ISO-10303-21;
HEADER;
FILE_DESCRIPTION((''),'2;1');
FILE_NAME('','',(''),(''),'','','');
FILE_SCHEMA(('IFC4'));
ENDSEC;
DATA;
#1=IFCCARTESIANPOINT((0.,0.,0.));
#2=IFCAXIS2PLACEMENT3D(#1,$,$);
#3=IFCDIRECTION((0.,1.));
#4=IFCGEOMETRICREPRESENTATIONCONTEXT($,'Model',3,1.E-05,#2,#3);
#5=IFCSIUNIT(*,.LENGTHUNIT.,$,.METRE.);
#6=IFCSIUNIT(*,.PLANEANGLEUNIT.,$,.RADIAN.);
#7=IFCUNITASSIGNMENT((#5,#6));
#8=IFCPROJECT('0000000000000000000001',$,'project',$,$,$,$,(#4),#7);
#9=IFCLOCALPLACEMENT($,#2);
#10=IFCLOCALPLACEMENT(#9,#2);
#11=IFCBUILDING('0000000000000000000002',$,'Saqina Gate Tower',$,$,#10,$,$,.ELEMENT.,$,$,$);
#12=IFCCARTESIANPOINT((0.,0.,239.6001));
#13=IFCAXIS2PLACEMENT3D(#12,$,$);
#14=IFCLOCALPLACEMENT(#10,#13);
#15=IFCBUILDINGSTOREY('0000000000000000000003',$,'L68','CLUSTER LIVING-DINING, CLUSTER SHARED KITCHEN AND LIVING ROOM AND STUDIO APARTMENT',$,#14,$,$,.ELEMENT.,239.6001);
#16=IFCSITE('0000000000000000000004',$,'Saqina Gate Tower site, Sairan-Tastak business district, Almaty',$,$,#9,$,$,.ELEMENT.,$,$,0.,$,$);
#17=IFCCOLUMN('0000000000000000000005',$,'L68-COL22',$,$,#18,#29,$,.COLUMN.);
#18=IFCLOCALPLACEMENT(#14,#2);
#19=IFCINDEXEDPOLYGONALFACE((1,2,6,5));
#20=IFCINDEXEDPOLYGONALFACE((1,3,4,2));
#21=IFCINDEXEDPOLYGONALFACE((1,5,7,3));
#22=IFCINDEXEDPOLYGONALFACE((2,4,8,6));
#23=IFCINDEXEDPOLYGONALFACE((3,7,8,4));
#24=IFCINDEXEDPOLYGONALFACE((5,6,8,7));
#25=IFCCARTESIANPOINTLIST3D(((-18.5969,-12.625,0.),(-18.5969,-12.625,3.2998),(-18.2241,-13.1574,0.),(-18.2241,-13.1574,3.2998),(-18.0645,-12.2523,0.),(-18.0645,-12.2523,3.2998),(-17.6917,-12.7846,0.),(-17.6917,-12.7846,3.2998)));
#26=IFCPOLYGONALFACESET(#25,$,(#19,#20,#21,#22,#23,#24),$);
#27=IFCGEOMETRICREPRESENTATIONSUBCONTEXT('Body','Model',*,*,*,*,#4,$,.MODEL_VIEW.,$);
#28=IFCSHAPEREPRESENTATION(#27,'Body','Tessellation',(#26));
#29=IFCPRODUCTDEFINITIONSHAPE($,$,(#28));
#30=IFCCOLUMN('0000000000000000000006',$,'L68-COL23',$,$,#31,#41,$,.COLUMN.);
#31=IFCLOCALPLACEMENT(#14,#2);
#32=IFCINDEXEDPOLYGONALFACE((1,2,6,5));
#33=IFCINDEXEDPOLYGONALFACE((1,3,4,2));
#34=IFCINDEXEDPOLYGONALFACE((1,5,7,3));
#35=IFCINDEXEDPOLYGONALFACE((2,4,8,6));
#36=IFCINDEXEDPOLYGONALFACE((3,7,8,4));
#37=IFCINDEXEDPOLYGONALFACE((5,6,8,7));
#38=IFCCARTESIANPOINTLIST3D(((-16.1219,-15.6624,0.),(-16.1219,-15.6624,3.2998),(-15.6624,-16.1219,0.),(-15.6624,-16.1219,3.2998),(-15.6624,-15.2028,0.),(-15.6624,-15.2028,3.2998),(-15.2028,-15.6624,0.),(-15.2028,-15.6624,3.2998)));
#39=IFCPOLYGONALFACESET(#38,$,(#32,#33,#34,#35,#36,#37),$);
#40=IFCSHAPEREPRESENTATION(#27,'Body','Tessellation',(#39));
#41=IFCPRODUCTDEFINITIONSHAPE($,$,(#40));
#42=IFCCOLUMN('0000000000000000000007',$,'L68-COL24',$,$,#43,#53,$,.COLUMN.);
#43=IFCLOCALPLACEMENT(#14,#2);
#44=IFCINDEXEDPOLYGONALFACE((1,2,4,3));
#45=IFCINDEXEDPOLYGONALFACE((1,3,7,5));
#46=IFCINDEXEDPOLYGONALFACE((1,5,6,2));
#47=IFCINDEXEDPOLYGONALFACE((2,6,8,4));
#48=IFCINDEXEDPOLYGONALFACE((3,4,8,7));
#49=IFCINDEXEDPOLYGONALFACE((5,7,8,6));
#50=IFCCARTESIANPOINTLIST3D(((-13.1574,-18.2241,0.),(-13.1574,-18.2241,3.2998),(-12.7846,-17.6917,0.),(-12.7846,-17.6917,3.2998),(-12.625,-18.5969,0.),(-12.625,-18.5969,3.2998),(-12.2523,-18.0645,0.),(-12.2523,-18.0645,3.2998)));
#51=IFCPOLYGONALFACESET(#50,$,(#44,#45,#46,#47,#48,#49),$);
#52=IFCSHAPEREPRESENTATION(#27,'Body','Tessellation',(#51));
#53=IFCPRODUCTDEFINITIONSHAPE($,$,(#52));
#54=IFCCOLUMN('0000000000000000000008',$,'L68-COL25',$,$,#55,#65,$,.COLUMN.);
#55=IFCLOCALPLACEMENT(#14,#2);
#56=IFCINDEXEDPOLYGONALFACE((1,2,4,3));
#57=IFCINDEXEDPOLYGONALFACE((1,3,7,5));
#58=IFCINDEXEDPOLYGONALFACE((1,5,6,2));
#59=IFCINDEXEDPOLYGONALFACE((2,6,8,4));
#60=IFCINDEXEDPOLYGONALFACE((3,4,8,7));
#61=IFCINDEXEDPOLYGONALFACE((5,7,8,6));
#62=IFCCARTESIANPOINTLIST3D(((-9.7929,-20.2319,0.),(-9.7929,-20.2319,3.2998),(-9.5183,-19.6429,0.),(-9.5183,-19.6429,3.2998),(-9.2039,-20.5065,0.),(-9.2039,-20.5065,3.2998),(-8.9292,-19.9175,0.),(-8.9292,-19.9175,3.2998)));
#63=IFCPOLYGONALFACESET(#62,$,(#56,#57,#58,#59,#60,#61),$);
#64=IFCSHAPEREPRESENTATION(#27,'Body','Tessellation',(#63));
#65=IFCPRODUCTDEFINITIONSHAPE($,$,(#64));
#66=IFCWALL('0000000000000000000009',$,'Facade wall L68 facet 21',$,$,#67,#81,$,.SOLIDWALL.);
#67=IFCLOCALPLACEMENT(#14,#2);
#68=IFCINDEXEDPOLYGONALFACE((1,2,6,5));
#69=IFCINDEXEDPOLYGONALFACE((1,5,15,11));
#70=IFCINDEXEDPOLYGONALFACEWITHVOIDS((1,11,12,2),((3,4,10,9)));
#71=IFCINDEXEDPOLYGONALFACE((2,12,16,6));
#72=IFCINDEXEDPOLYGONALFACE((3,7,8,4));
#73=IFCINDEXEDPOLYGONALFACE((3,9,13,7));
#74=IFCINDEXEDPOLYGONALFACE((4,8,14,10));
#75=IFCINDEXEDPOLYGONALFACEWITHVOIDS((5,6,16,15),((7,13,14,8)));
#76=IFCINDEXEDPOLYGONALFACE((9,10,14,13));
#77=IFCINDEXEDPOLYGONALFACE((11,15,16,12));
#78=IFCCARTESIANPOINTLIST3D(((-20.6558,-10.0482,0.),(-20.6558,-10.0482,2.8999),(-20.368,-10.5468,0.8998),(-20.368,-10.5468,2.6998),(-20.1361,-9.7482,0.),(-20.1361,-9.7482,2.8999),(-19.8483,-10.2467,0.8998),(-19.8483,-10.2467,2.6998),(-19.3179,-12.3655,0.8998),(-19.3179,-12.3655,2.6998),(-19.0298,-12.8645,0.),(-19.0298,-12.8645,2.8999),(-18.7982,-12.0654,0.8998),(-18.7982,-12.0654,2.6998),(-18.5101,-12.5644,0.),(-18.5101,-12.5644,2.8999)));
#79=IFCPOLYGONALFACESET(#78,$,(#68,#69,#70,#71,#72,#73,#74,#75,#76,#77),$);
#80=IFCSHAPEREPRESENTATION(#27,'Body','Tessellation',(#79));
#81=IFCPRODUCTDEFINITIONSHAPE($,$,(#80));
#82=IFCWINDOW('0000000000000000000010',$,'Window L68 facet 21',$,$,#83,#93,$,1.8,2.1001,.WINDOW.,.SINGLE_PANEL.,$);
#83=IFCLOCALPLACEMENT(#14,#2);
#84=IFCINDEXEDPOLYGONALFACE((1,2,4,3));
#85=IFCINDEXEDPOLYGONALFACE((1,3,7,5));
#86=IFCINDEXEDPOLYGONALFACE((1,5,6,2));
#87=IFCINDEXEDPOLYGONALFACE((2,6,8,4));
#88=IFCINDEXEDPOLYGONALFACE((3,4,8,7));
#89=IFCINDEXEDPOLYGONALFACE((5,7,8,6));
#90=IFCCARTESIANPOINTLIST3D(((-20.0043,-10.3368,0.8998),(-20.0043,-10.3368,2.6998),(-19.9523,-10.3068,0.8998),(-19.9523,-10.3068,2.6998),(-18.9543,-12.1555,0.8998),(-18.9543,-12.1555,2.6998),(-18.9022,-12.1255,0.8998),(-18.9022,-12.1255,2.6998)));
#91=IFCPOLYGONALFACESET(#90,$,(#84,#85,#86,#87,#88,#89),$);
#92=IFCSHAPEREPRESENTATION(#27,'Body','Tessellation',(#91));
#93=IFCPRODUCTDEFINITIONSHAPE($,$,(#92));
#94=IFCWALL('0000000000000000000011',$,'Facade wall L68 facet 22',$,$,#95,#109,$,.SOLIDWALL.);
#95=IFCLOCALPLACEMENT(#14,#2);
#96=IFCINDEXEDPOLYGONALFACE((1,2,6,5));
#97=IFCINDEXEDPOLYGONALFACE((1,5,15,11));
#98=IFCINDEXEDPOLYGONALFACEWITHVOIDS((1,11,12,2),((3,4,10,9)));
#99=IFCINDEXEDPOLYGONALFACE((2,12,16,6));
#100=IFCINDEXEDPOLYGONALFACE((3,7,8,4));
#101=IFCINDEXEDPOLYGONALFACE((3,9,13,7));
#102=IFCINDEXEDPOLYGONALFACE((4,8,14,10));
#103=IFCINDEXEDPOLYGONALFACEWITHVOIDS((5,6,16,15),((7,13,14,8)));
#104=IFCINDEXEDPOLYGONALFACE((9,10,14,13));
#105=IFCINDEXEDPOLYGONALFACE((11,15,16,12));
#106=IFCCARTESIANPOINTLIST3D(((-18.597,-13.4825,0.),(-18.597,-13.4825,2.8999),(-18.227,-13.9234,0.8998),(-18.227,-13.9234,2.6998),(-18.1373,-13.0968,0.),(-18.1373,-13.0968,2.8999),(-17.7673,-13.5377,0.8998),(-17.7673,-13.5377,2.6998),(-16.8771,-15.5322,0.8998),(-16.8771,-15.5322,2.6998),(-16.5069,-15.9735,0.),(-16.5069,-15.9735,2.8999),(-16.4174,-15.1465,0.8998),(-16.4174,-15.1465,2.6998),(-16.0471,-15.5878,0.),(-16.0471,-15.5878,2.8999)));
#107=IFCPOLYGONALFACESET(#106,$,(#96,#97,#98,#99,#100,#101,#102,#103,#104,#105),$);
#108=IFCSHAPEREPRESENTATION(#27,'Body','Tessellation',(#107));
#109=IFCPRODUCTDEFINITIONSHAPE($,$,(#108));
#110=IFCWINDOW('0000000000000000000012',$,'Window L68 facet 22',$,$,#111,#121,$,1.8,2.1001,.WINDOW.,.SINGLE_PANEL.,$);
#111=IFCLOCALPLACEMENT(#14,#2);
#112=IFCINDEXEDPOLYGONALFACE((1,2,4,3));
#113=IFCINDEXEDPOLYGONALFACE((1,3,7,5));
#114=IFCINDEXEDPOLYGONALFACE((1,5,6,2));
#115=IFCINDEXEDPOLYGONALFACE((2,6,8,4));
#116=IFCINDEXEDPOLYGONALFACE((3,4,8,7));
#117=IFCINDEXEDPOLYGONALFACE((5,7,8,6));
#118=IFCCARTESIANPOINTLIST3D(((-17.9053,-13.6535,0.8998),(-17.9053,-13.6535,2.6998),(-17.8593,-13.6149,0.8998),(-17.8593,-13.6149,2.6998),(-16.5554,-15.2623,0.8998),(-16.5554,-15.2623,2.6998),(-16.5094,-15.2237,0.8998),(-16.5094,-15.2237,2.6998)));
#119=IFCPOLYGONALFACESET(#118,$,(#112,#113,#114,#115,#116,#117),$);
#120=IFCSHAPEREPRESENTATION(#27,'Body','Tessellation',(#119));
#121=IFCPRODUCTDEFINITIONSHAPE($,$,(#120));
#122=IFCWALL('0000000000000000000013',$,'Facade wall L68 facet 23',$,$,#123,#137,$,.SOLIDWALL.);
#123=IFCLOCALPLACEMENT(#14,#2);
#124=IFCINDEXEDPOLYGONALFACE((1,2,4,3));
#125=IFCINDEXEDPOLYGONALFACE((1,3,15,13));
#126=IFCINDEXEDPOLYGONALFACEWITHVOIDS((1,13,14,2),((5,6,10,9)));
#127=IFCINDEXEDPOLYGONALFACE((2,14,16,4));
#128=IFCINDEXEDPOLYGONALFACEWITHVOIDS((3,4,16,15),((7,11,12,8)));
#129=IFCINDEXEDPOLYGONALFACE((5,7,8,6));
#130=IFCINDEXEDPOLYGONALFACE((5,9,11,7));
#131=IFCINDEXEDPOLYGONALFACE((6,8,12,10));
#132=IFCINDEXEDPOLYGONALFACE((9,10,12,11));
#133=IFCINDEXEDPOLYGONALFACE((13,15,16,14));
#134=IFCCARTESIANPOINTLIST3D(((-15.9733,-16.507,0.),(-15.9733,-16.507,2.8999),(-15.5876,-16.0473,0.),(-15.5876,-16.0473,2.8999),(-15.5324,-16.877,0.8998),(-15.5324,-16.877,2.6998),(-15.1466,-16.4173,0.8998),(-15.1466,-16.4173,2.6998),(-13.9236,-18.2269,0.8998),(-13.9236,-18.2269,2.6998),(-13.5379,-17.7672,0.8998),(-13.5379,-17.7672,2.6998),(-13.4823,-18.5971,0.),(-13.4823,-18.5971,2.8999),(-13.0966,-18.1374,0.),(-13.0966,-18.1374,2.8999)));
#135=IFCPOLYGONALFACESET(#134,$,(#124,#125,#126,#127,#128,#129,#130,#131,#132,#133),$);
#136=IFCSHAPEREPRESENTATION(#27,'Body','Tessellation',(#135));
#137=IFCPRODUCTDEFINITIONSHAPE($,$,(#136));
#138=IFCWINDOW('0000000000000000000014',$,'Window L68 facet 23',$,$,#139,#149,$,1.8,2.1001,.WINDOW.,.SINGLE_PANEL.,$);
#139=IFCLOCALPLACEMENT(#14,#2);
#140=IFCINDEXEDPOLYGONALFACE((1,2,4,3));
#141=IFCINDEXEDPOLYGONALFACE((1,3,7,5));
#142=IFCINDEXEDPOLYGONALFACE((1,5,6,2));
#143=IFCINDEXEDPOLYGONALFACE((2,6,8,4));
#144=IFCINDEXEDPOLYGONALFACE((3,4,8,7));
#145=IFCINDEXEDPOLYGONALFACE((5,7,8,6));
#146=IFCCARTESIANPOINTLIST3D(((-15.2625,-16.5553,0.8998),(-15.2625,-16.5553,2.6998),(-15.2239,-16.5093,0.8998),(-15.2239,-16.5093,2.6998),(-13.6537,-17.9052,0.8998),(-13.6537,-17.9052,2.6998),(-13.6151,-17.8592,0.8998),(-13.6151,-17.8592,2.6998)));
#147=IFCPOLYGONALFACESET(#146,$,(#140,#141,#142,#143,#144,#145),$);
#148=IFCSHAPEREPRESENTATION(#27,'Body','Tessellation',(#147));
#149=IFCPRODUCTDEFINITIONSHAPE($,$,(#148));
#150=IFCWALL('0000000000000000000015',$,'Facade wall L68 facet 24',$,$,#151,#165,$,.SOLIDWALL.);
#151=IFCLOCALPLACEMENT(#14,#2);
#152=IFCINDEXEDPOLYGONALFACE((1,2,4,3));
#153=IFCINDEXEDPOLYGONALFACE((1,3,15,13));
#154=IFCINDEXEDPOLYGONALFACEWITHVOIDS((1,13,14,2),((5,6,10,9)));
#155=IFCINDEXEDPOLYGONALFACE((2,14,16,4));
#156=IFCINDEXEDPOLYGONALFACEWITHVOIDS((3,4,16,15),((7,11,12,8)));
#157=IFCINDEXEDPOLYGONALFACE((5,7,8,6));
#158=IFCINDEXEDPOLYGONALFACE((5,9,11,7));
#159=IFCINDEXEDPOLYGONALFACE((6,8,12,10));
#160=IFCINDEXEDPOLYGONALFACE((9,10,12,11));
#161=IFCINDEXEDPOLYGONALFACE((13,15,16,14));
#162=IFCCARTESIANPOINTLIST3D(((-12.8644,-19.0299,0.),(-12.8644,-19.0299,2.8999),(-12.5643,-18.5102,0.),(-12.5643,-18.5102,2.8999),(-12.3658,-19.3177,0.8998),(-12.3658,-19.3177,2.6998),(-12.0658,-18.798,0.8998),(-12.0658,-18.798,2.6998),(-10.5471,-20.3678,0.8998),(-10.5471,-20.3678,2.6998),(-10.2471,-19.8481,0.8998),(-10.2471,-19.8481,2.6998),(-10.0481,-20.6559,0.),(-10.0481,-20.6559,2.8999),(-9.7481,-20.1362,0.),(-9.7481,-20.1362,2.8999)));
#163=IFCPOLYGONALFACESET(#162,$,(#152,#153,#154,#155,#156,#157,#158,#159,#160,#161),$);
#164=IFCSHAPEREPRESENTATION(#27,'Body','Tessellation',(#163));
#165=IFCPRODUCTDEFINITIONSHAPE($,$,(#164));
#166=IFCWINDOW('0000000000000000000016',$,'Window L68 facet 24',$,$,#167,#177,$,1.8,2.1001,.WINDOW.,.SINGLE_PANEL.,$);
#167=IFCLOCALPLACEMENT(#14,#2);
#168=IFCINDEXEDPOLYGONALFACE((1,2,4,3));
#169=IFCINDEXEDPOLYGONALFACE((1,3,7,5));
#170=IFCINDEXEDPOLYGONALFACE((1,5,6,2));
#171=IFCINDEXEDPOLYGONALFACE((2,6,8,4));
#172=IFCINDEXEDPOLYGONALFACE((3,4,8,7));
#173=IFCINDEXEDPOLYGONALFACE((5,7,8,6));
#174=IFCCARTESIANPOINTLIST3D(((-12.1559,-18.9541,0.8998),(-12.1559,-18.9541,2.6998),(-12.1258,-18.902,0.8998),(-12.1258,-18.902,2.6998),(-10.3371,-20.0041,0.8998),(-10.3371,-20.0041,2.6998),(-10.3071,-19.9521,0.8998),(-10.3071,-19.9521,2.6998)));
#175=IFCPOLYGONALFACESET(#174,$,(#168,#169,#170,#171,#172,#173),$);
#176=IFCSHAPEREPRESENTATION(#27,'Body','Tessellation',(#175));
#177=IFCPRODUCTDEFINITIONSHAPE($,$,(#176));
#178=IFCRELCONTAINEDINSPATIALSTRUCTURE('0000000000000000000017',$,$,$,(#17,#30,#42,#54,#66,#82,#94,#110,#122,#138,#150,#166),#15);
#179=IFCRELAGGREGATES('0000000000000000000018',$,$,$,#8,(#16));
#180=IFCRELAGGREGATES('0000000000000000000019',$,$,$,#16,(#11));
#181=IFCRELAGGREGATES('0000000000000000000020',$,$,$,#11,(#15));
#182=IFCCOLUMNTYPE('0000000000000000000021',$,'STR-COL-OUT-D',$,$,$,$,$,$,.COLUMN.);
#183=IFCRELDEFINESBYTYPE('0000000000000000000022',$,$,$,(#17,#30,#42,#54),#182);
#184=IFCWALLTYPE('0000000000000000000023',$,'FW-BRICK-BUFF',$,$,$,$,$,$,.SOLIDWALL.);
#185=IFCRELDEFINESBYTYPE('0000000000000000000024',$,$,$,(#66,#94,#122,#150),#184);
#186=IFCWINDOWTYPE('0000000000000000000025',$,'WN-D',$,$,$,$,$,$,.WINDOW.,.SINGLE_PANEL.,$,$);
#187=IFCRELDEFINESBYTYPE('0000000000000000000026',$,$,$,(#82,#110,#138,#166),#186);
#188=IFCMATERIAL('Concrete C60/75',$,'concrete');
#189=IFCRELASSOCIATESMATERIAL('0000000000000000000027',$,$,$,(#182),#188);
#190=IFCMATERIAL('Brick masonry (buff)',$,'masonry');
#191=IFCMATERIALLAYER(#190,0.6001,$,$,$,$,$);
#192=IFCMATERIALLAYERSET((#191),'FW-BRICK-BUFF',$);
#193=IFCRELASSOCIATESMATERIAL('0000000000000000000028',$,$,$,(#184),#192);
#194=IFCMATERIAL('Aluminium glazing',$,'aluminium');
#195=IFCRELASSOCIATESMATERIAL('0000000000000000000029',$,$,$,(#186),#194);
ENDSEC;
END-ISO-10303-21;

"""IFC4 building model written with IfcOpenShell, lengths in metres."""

from ifc_helpers import new_model, si_unit, direction, frame, frame_2d, origin, origin_2d, place, context, subcontext, project, spatial, rectangle, extrude, material, layer, layer_set, material_profile, profile_set, type_object, element, fill, save


model = new_model("IFC4")

# Units and contexts
model_context = context("Model", 3, precision=1e-05, world=origin(), true_north=direction((0.0, 1.0)))
body_context = subcontext(model_context, "Body", "Model", "MODEL_VIEW")
ifc_project = project(units=[si_unit("LENGTHUNIT", "METRE"), si_unit("PLANEANGLEUNIT", "RADIAN")], contexts=[model_context])

# Site, building, storey
site_placement = place(None, origin())
site = spatial("IfcSite", under=ifc_project, at=site_placement, Name="Saqina Gate Tower site, Sairan-Tastak business district, Almaty", CompositionType="ELEMENT", RefElevation=0.0)
building_placement = place(site_placement, origin())
building = spatial("IfcBuilding", under=site, at=building_placement, Name="Saqina Gate Tower", CompositionType="ELEMENT")
storey_placement = place(building_placement, frame((0.0, 0.0, 239.6001)))
storey = spatial("IfcBuildingStorey", under=building, at=storey_placement, Name="L68", Description="CLUSTER LIVING-DINING, CLUSTER SHARED KITCHEN AND LIVING ROOM AND STUDIO APARTMENT", CompositionType="ELEMENT", Elevation=239.6001)

# Columns
ifc_material_1 = material(Name="Concrete C60/75", Category="concrete")
ifc_material_profile = material_profile(ifc_material_1, rectangle(XDim=0.6499, YDim=0.6499, at=origin_2d()), Name="RC 650x650")
ifc_profile_set = profile_set([ifc_material_profile], Name="Concrete C60/75")
column_type = type_object("IfcColumnType", Name="STR-COL-OUT-D", PredefinedType="COLUMN", material=ifc_profile_set)
for number, where, z_axis, x_axis, name in (
    (1, (-18.1443, -12.7048, 0.0), (0.0, 0.0, 1.0), (-0.819152, -0.573576, 0.0), "L68-COL22"),
    (2, (-15.6624, -15.6624, 0.0), (0.0, 0.0, 1.0), (-0.707107, -0.707107, 0.0), "L68-COL23"),
    (3, (-12.7048, -18.1443, 0.0), (0.0, 0.0, 1.0), (-0.573576, -0.819152, 0.0), "L68-COL24"),
    (4, (-9.3611, -20.0747, 0.0), (0.0, 0.0, 1.0), (-0.422618, -0.906308, 0.0), "L68-COL25"),
):
    element("IfcColumn", number, at=place(storey_placement, frame(where, z_axis=z_axis, x_axis=x_axis)), inside=storey, type_object=column_type, Name=name, PredefinedType="COLUMN", context=body_context, shape_type="SweptSolid", body=[
        extrude(rectangle(XDim=0.6499, YDim=0.6499, at=origin_2d()), origin(), (0.0, 0.0, 1.0), 3.2998),
    ])

# Walls, openings, windows
ifc_material_2 = material(Name="Brick masonry (buff)", Category="masonry")
ifc_layer_1 = layer(ifc_material_2, 0.6001)
ifc_layer_set_1 = layer_set([ifc_layer_1], Name="FW-BRICK-BUFF")
wall_type_1 = type_object("IfcWallType", Name="FW-BRICK-BUFF", PredefinedType="SOLIDWALL", material=ifc_layer_set_1)
wall_1_placement = place(storey_placement, frame((-20.396, -9.8982, 0.0), z_axis=(0.0, 0.0, 1.0), x_axis=(0.500015, -0.866017, 0.0)))
wall_1 = element("IfcWall", 5, at=wall_1_placement, inside=storey, type_object=wall_type_1, Name="Facade wall L68 facet 21", PredefinedType="SOLIDWALL", context=body_context, shape_type="SweptSolid", body=[
    extrude(rectangle(XDim=3.252, YDim=0.6001, at=frame_2d((1.626, 0.0))), origin(), (0.0, 0.0, 1.0), 2.8999),
])
opening_1_placement = place(wall_1_placement, frame((0.5757, 0.0, 0.8999)))
opening_1 = element("IfcOpeningElement", 6, at=opening_1_placement, cuts=wall_1, PredefinedType="OPENING", context=body_context, shape_type="SweptSolid", body=[
    extrude(rectangle(XDim=2.1001, YDim=1.8, at=frame_2d((1.05, 0.8999))), frame((0.0, 0.312, 0.0), z_axis=(0.0, -1.0, 0.0), x_axis=(1.0, 0.0, 0.0)), (0.0, 0.0, 1.0), 0.624),
])
ifc_material_3 = material(Name="Aluminium glazing", Category="aluminium")
window_type = type_object("IfcWindowType", Name="WN-D", PartitioningType="SINGLE_PANEL", PredefinedType="WINDOW", material=ifc_material_3)
window_1_placement = place(opening_1_placement, origin())
window_1 = element("IfcWindow", 7, at=window_1_placement, inside=storey, type_object=window_type, Name="Window L68 facet 21", OverallHeight=1.8, OverallWidth=2.1001, PartitioningType="SINGLE_PANEL", PredefinedType="WINDOW", context=body_context, shape_type="SweptSolid", body=[
    extrude(rectangle(XDim=2.1001, YDim=1.8, at=frame_2d((1.05, 0.8999))), frame((0.0, 0.1799, 0.0), z_axis=(0.0, -1.0, 0.0), x_axis=(1.0, 0.0, 0.0)), (0.0, 0.0, 1.0), 0.0601),
])
fill(opening_1, window_1)
wall_2_placement = place(storey_placement, frame((-18.3672, -13.2896, 0.0), z_axis=(0.0, 0.0, 1.0), x_axis=(0.642773, -0.766057, 0.0)))
wall_2 = element("IfcWall", 8, at=wall_2_placement, inside=storey, type_object=wall_type_1, Name="Facade wall L68 facet 22", PredefinedType="SOLIDWALL", context=body_context, shape_type="SweptSolid", body=[
    extrude(rectangle(XDim=3.2517, YDim=0.6001, at=frame_2d((1.626, 0.0))), origin(), (0.0, 0.0, 1.0), 2.8999),
])
opening_2_placement = place(wall_2_placement, frame((0.5757, 0.0, 0.8999)))
opening_2 = element("IfcOpeningElement", 9, at=opening_2_placement, cuts=wall_2, PredefinedType="OPENING", context=body_context, shape_type="SweptSolid", body=[
    extrude(rectangle(XDim=2.1001, YDim=1.8, at=frame_2d((1.05, 0.8999))), frame((0.0, 0.312, 0.0), z_axis=(0.0, -1.0, 0.0), x_axis=(1.0, 0.0, 0.0)), (0.0, 0.0, 1.0), 0.624),
])
window_2_placement = place(opening_2_placement, origin())
window_2 = element("IfcWindow", 10, at=window_2_placement, inside=storey, type_object=window_type, Name="Window L68 facet 22", OverallHeight=1.8, OverallWidth=2.1001, PartitioningType="SINGLE_PANEL", PredefinedType="WINDOW", context=body_context, shape_type="SweptSolid", body=[
    extrude(rectangle(XDim=2.1001, YDim=1.8, at=frame_2d((1.05, 0.8999))), frame((0.0, 0.1799, 0.0), z_axis=(0.0, -1.0, 0.0), x_axis=(1.0, 0.0, 0.0)), (0.0, 0.0, 1.0), 0.0601),
])
fill(opening_2, window_2)
wall_3_placement = place(storey_placement, frame((-15.7805, -16.2771, 0.0), z_axis=(0.0, 0.0, 1.0), x_axis=(0.766057, -0.642773, 0.0)))
wall_3 = element("IfcWall", 11, at=wall_3_placement, inside=storey, type_object=wall_type_1, Name="Facade wall L68 facet 23", PredefinedType="SOLIDWALL", context=body_context, shape_type="SweptSolid", body=[
    extrude(rectangle(XDim=3.2517, YDim=0.6001, at=frame_2d((1.626, 0.0))), origin(), (0.0, 0.0, 1.0), 2.8999),
])
opening_3_placement = place(wall_3_placement, frame((0.5757, 0.0, 0.8999)))
opening_3 = element("IfcOpeningElement", 12, at=opening_3_placement, cuts=wall_3, PredefinedType="OPENING", context=body_context, shape_type="SweptSolid", body=[
    extrude(rectangle(XDim=2.1001, YDim=1.8, at=frame_2d((1.05, 0.8999))), frame((0.0, 0.312, 0.0), z_axis=(0.0, -1.0, 0.0), x_axis=(1.0, 0.0, 0.0)), (0.0, 0.0, 1.0), 0.624),
])
window_3_placement = place(opening_3_placement, origin())
window_3 = element("IfcWindow", 13, at=window_3_placement, inside=storey, type_object=window_type, Name="Window L68 facet 23", OverallHeight=1.8, OverallWidth=2.1001, PartitioningType="SINGLE_PANEL", PredefinedType="WINDOW", context=body_context, shape_type="SweptSolid", body=[
    extrude(rectangle(XDim=2.1001, YDim=1.8, at=frame_2d((1.05, 0.8999))), frame((0.0, 0.1799, 0.0), z_axis=(0.0, -1.0, 0.0), x_axis=(1.0, 0.0, 0.0)), (0.0, 0.0, 1.0), 0.0601),
])
fill(opening_3, window_3)
wall_4_placement = place(storey_placement, frame((-12.7144, -18.77, 0.0), z_axis=(0.0, 0.0, 1.0), x_axis=(0.866017, -0.500015, 0.0)))
wall_4 = element("IfcWall", 14, at=wall_4_placement, inside=storey, type_object=wall_type_1, Name="Facade wall L68 facet 24", PredefinedType="SOLIDWALL", context=body_context, shape_type="SweptSolid", body=[
    extrude(rectangle(XDim=3.252, YDim=0.6001, at=frame_2d((1.626, 0.0))), origin(), (0.0, 0.0, 1.0), 2.8999),
])
opening_4_placement = place(wall_4_placement, frame((0.5757, 0.0, 0.8999)))
opening_4 = element("IfcOpeningElement", 15, at=opening_4_placement, cuts=wall_4, PredefinedType="OPENING", context=body_context, shape_type="SweptSolid", body=[
    extrude(rectangle(XDim=2.1001, YDim=1.8, at=frame_2d((1.05, 0.8999))), frame((0.0, 0.312, 0.0), z_axis=(0.0, -1.0, 0.0), x_axis=(1.0, 0.0, 0.0)), (0.0, 0.0, 1.0), 0.624),
])
window_4_placement = place(opening_4_placement, origin())
window_4 = element("IfcWindow", 16, at=window_4_placement, inside=storey, type_object=window_type, Name="Window L68 facet 24", OverallHeight=1.8, OverallWidth=2.1001, PartitioningType="SINGLE_PANEL", PredefinedType="WINDOW", context=body_context, shape_type="SweptSolid", body=[
    extrude(rectangle(XDim=2.1001, YDim=1.8, at=frame_2d((1.05, 0.8999))), frame((0.0, 0.1799, 0.0), z_axis=(0.0, -1.0, 0.0), x_axis=(1.0, 0.0, 0.0)), (0.0, 0.0, 1.0), 0.0601),
])
fill(opening_4, window_4)

save(model, "model.ifc")
